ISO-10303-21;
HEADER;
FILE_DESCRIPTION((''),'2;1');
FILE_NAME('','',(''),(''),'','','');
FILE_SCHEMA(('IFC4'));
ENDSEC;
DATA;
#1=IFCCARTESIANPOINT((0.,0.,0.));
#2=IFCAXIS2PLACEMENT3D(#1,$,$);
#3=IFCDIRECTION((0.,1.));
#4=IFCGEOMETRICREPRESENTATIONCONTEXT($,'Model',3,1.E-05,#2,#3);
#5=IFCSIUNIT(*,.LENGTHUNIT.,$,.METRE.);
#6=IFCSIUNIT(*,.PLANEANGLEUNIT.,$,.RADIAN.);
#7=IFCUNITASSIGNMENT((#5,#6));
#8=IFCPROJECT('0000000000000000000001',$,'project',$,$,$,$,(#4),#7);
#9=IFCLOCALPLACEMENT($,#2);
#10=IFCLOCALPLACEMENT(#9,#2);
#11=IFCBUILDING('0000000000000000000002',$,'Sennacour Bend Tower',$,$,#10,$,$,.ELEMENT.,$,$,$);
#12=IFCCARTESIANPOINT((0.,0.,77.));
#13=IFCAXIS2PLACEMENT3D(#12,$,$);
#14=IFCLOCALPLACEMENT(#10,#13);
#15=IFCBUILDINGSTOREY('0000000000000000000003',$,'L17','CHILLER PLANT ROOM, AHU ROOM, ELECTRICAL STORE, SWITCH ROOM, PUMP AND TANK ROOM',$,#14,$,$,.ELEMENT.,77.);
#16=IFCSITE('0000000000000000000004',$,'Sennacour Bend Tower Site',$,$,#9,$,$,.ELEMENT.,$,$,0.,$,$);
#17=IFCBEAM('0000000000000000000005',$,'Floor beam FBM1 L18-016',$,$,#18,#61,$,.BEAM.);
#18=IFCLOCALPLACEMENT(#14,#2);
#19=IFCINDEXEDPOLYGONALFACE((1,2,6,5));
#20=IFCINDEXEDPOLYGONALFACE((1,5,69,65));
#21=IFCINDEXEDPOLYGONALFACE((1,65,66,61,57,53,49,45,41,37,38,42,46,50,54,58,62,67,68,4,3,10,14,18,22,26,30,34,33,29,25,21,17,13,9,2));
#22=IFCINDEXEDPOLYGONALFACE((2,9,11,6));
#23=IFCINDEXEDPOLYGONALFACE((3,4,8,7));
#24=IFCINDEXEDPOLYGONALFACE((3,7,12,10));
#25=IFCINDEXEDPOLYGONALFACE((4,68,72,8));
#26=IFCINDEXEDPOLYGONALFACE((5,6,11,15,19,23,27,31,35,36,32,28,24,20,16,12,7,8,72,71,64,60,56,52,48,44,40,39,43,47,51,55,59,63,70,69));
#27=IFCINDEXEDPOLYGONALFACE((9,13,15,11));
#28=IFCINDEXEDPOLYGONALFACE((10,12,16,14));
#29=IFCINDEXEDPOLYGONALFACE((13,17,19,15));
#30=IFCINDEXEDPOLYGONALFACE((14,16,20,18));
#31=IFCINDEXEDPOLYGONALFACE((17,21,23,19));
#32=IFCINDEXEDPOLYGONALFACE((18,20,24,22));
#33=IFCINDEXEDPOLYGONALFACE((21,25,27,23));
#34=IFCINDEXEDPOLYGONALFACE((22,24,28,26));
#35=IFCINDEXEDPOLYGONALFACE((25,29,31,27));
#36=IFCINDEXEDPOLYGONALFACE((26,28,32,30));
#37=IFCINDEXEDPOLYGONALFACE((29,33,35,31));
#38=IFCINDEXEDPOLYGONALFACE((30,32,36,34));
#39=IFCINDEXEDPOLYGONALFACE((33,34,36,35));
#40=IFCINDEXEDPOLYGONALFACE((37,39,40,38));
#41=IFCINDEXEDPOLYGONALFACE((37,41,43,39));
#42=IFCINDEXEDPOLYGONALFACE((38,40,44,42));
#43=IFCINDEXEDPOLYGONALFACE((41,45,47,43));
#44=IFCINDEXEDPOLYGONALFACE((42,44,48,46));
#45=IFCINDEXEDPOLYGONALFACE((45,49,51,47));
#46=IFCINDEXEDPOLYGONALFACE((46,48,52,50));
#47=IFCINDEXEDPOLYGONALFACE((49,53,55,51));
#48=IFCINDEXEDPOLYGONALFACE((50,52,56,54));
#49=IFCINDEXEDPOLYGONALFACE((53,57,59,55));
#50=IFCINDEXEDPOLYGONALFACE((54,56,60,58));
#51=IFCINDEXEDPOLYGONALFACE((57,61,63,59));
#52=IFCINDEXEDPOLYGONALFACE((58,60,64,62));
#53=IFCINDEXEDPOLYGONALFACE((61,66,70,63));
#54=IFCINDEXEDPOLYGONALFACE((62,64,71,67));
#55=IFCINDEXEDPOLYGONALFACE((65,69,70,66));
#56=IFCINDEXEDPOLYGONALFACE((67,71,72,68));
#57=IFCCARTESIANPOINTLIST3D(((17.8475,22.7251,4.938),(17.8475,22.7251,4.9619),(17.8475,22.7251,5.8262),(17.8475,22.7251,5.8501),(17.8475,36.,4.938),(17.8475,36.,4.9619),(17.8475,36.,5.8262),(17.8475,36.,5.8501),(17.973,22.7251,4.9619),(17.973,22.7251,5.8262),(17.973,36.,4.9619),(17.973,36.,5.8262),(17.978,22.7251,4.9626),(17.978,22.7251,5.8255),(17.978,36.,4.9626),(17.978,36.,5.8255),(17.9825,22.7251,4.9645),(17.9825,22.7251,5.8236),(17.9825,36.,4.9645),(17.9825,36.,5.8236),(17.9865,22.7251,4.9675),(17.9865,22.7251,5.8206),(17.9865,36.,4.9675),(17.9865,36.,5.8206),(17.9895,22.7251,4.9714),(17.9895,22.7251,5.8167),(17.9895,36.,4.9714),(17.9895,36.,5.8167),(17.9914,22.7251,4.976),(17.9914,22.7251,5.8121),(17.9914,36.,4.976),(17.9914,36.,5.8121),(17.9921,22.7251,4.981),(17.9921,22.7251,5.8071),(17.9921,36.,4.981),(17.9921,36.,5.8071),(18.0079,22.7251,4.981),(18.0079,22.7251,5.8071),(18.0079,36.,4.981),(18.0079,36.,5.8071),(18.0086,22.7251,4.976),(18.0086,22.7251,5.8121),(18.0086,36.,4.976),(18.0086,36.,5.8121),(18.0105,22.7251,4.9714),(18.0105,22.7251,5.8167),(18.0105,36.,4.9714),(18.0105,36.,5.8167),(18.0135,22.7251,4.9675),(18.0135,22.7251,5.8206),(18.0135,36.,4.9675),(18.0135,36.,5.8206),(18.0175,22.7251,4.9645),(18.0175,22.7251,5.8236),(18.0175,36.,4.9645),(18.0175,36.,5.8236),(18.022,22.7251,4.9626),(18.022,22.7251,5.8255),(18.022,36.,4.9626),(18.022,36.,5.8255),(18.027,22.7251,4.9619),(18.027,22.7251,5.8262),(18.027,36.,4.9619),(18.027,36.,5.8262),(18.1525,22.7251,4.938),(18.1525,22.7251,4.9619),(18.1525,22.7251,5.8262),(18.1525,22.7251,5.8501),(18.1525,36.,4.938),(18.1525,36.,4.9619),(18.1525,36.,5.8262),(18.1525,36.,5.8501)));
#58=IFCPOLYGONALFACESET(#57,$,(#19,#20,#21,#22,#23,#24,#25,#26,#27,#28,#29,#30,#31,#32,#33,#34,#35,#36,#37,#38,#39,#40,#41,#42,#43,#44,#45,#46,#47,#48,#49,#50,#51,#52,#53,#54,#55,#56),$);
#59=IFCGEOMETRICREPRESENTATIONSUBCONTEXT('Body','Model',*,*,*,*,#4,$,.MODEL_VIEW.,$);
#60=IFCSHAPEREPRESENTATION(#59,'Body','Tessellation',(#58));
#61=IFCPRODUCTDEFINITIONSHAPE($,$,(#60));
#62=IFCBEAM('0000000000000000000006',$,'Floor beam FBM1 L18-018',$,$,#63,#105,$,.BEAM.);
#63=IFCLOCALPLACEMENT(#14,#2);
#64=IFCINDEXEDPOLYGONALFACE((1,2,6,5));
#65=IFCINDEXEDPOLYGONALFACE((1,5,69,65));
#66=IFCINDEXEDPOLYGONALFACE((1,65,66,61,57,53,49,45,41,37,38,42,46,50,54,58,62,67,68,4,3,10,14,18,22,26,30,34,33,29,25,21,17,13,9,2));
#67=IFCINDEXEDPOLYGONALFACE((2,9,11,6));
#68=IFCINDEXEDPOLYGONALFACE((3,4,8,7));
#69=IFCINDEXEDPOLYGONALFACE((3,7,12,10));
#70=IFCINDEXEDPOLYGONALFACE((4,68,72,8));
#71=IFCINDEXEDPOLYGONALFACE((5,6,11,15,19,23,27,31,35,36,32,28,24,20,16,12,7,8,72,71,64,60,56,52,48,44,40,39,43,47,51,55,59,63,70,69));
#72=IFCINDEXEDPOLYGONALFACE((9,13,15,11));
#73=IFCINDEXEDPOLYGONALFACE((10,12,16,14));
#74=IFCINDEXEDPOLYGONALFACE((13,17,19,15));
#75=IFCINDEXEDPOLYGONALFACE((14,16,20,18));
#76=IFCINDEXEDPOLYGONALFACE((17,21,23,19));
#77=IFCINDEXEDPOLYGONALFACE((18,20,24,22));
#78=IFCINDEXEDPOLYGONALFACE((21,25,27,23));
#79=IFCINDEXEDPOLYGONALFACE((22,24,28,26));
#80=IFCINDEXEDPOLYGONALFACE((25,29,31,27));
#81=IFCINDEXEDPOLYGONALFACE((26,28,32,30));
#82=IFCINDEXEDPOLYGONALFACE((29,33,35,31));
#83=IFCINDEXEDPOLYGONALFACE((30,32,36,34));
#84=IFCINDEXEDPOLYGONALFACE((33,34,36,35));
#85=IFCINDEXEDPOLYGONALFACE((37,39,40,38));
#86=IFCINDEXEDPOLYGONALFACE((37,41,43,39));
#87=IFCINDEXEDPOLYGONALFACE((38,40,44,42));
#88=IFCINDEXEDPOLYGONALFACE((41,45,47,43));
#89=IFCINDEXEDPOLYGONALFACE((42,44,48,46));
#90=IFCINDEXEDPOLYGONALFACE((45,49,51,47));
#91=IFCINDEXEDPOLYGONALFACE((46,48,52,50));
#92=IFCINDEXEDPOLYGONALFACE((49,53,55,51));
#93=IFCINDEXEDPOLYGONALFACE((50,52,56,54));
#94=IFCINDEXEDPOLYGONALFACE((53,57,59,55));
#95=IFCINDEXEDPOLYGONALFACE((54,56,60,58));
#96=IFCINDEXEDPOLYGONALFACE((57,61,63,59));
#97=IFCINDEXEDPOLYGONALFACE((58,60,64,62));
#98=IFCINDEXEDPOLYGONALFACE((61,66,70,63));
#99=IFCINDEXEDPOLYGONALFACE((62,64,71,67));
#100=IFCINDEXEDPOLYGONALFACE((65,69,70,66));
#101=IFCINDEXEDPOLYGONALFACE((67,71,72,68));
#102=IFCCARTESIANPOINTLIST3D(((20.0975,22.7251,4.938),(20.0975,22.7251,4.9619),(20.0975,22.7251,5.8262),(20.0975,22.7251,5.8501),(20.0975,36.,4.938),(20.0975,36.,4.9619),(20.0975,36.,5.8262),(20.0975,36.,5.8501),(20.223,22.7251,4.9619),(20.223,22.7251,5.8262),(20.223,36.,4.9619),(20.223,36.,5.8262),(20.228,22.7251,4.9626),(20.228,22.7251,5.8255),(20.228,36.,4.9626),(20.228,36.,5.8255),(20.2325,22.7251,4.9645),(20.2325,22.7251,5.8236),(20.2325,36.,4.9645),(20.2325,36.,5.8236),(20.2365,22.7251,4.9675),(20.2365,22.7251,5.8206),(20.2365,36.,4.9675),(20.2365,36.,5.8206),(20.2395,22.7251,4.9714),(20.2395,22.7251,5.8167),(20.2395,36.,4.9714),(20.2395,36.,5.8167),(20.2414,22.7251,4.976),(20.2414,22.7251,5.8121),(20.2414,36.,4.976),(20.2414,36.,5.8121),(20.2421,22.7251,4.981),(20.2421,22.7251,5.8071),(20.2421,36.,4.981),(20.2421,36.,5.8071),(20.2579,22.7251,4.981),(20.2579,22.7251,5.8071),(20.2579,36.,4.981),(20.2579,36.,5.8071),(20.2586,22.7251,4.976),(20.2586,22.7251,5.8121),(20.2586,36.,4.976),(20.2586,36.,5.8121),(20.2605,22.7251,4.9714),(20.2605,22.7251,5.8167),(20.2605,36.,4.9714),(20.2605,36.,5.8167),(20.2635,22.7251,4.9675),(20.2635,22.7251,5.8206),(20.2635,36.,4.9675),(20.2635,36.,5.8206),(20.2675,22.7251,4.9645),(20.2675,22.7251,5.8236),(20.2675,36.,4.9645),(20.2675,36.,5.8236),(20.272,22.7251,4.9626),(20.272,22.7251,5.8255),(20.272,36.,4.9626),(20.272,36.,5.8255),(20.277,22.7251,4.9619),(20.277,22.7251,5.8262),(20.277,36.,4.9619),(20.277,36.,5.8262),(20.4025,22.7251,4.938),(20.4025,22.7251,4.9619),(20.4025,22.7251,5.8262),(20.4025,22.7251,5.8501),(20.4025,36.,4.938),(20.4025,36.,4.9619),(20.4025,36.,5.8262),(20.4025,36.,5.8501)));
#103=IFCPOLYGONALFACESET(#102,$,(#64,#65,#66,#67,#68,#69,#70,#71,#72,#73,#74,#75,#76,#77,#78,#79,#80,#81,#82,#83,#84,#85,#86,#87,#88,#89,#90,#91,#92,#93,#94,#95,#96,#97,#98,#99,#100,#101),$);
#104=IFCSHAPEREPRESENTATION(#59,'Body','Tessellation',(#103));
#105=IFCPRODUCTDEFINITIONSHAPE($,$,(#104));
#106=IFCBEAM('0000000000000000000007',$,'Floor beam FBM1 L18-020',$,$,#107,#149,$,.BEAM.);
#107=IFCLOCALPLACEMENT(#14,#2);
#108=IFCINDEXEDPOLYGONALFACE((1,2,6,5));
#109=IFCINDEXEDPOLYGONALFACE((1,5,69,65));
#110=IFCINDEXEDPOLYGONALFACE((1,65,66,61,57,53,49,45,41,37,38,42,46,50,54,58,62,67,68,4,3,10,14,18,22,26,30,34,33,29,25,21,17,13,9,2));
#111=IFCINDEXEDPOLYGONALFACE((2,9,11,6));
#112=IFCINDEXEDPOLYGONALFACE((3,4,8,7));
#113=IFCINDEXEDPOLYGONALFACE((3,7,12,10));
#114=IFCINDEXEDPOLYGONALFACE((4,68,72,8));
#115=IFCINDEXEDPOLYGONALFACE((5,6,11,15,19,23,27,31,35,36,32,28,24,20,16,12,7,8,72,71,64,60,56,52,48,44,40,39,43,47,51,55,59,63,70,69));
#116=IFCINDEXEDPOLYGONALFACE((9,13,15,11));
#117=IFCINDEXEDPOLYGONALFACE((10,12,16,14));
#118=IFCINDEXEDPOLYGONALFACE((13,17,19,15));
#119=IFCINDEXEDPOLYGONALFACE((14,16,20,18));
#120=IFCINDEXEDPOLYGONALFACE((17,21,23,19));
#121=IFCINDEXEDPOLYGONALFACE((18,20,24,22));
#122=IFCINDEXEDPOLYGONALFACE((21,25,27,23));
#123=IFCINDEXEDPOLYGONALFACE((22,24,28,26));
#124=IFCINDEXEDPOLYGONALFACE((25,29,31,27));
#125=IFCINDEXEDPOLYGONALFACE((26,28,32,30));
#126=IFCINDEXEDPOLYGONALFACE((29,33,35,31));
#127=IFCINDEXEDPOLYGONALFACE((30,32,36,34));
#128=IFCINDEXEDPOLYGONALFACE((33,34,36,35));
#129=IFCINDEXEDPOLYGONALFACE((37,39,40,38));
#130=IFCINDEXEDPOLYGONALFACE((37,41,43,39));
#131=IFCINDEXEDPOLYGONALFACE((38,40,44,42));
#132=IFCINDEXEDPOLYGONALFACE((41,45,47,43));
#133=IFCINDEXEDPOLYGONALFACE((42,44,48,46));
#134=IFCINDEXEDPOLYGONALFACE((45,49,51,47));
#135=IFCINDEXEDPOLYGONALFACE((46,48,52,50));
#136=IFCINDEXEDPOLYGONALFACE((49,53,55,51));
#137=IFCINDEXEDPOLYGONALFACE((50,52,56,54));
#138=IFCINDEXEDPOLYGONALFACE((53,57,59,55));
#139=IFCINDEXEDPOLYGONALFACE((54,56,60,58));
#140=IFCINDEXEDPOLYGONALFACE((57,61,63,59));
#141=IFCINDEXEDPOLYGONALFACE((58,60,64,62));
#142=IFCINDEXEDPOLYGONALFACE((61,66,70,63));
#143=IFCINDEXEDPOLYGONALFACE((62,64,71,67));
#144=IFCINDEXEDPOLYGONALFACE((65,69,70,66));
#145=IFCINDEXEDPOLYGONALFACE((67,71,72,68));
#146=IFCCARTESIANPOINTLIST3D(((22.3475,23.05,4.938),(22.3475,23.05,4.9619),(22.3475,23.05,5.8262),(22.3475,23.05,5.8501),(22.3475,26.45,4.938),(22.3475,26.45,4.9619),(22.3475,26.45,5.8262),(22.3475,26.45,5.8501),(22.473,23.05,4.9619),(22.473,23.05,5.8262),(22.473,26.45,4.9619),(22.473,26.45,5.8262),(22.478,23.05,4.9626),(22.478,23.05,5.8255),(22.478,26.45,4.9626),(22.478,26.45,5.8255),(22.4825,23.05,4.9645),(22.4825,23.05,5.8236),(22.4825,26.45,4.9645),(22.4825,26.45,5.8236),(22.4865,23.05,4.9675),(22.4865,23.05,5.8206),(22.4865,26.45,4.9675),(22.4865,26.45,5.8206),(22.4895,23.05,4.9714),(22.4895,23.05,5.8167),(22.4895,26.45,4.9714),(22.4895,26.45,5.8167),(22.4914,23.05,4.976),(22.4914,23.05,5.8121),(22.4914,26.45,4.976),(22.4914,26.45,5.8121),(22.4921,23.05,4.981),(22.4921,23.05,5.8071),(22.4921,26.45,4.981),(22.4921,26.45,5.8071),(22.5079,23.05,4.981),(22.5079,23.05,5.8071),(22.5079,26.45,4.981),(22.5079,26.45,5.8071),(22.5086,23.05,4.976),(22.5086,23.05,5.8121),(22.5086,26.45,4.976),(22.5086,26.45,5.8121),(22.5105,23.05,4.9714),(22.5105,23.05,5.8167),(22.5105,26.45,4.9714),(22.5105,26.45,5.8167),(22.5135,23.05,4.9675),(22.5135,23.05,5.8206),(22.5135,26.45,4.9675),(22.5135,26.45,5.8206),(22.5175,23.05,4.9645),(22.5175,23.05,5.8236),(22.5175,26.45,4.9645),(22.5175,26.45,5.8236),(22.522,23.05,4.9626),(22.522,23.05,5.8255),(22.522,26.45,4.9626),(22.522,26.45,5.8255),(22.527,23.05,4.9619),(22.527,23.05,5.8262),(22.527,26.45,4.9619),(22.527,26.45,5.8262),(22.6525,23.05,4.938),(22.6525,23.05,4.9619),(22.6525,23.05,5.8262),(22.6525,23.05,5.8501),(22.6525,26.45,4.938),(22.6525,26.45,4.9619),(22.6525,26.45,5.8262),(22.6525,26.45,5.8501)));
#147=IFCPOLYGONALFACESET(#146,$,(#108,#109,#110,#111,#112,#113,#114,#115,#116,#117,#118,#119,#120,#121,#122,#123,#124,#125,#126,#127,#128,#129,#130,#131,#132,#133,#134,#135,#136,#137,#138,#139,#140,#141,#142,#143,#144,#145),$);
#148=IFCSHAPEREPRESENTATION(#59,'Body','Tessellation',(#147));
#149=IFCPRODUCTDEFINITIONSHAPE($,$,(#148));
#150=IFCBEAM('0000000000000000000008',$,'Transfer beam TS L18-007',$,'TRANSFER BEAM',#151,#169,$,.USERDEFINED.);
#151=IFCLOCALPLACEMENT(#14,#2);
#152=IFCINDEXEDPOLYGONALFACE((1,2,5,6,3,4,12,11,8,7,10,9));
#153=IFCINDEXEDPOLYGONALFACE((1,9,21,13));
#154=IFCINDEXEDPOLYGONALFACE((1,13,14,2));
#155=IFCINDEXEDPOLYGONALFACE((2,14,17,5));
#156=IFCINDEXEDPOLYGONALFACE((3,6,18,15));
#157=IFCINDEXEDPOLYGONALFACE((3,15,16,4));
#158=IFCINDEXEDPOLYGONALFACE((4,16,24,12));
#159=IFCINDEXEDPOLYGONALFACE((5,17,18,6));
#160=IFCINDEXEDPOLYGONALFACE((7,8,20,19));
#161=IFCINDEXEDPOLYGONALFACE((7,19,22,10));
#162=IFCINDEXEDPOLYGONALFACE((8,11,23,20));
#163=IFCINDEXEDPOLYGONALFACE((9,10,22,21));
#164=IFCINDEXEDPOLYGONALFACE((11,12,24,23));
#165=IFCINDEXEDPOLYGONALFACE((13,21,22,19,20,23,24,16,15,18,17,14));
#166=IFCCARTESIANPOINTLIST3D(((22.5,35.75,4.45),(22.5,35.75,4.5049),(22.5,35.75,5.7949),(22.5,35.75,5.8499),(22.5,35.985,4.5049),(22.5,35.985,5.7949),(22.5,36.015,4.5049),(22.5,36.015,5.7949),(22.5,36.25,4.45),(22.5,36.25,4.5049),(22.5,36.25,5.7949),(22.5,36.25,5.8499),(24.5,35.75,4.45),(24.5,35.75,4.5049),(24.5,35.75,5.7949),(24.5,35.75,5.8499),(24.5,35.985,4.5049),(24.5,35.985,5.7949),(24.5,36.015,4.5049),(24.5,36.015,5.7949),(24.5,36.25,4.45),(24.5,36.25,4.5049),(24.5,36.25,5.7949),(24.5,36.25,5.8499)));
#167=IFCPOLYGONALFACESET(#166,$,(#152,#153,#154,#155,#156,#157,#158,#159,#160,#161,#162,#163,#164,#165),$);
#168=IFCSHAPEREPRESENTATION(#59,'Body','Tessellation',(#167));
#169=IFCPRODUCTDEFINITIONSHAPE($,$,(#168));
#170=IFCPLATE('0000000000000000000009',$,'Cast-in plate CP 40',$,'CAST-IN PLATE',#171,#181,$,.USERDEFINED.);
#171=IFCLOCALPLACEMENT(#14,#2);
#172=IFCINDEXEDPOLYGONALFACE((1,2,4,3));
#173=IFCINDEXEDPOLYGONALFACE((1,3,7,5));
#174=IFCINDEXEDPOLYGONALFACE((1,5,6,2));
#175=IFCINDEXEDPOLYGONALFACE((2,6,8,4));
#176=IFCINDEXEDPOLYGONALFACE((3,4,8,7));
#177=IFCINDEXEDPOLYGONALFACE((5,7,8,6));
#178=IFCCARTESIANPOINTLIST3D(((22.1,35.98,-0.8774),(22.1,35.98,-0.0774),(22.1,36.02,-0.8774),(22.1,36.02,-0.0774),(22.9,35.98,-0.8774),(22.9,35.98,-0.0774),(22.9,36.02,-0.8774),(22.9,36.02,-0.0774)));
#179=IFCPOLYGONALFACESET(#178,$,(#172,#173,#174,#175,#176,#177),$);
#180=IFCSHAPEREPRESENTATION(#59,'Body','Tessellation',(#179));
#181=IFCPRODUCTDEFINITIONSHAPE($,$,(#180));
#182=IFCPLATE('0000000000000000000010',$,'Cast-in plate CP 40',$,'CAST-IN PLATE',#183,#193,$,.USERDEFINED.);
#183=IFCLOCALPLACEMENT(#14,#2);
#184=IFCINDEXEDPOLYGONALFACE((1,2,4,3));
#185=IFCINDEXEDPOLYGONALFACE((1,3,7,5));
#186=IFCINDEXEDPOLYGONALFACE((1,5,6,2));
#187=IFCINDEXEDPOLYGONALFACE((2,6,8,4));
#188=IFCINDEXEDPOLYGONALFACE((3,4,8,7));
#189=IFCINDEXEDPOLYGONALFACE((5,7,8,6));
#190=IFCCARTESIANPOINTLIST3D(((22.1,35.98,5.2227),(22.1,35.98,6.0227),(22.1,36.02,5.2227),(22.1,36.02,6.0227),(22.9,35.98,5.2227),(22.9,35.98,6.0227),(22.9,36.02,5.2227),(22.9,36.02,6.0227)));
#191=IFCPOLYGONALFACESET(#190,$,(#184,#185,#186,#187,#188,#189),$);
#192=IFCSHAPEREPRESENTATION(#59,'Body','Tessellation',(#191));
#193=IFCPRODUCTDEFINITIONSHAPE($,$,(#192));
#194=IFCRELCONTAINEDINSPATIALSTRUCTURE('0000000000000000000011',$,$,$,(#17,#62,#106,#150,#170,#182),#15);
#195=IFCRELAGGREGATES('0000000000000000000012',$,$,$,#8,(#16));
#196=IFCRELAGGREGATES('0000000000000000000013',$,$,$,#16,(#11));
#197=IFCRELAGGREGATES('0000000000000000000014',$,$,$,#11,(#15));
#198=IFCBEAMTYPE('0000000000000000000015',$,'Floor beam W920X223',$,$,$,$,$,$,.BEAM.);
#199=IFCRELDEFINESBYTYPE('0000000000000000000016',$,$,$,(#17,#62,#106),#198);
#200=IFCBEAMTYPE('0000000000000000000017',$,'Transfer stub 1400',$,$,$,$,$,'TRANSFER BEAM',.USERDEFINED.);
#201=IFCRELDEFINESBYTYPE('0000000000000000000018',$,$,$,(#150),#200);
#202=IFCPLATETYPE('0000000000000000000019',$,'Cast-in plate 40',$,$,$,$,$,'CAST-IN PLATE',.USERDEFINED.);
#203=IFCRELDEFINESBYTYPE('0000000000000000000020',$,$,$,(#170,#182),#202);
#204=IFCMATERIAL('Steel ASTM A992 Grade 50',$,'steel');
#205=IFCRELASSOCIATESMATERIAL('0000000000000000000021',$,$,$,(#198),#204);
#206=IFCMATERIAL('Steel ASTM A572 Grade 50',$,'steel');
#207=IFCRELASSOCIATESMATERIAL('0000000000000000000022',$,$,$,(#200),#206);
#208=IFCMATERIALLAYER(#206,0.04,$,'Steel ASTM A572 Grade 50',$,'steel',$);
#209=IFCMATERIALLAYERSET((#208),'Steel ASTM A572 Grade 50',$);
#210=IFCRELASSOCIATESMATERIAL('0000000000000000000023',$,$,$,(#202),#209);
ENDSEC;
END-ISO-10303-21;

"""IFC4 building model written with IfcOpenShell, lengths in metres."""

from ifc_helpers import new_model, si_unit, direction, frame, origin, origin_2d, place, context, subcontext, project, spatial, rectangle, i_section, extrude, material, layer, layer_set, material_profile, profile_set, type_object, element, save


model = new_model("IFC4")

# Units and contexts
model_context = context("Model", 3, precision=1e-05, world=origin(), true_north=direction((0.0, 1.0)))
body_context = subcontext(model_context, "Body", "Model", "MODEL_VIEW")
ifc_project = project(units=[si_unit("LENGTHUNIT", "METRE"), si_unit("PLANEANGLEUNIT", "RADIAN")], contexts=[model_context])

# Site, building, storey
site_placement = place(None, origin())
site = spatial("IfcSite", under=ifc_project, at=site_placement, Name="Sennacour Bend Tower Site", CompositionType="ELEMENT", RefElevation=0.0)
building_placement = place(site_placement, origin())
building = spatial("IfcBuilding", under=site, at=building_placement, Name="Sennacour Bend Tower", CompositionType="ELEMENT")
storey_placement = place(building_placement, frame((0.0, 0.0, 77.0)))
storey = spatial("IfcBuildingStorey", under=building, at=storey_placement, Name="L17", Description="CHILLER PLANT ROOM, AHU ROOM, ELECTRICAL STORE, SWITCH ROOM, PUMP AND TANK ROOM", CompositionType="ELEMENT", Elevation=77.0)

# Shared definitions
ifc_material_1 = material(Name="Steel ASTM A572 Grade 50", Category="steel")

# Shared definitions
ifc_material_2 = material(Name="Steel ASTM A992 Grade 50", Category="steel")

# Beams
ifc_material_profile_1 = material_profile(ifc_material_2, i_section(OverallWidth=0.3049, OverallDepth=0.9121, WebThickness=0.0159, FlangeThickness=0.0239, FilletRadius=0.019, at=origin_2d()), Name="Steel ASTM A992 Grade 50", Category="steel")
ifc_profile_set_1 = profile_set([ifc_material_profile_1], Name="Steel ASTM A992 Grade 50")
beam_type_1 = type_object("IfcBeamType", Name="Floor beam W920X223", PredefinedType="BEAM", material=ifc_profile_set_1)
for number, where, z_axis, x_axis, name in (
    (1, (18.0, 22.7251, 5.394), (0.0, 1.0, 0.0), (-1.0, 0.0, 0.0), "Floor beam FBM1 L18-016"),
    (2, (20.25, 22.7251, 5.394), (0.0, 1.0, 0.0), (-1.0, 0.0, 0.0), "Floor beam FBM1 L18-018"),
):
    element("IfcBeam", number, at=place(storey_placement, frame(where, z_axis=z_axis, x_axis=x_axis)), inside=storey, type_object=beam_type_1, Name=name, PredefinedType="BEAM", context=body_context, shape_type="SweptSolid", body=[
        extrude(i_section(OverallWidth=0.3049, OverallDepth=0.9121, WebThickness=0.0159, FlangeThickness=0.0239, FilletRadius=0.019, at=origin_2d()), origin(), (0.0, 0.0, 1.0), 13.2749),
    ])
beam_1_placement = place(storey_placement, frame((22.5, 23.05, 5.394), z_axis=(0.0, 1.0, 0.0), x_axis=(-1.0, 0.0, 0.0)))
element("IfcBeam", 3, at=beam_1_placement, inside=storey, type_object=beam_type_1, Name="Floor beam FBM1 L18-020", PredefinedType="BEAM", context=body_context, shape_type="SweptSolid", body=[
    extrude(i_section(OverallWidth=0.3049, OverallDepth=0.9121, WebThickness=0.0159, FlangeThickness=0.0239, FilletRadius=0.019, at=origin_2d()), origin(), (0.0, 0.0, 1.0), 3.3999),
])
ifc_material_profile_2 = material_profile(ifc_material_1, i_section(OverallWidth=0.5, OverallDepth=1.3999, WebThickness=0.03, FlangeThickness=0.0549, at=origin_2d()), Name="Steel ASTM A572 Grade 50", Category="steel")
ifc_profile_set_2 = profile_set([ifc_material_profile_2], Name="Steel ASTM A572 Grade 50")
beam_type_2 = type_object("IfcBeamType", Name="Transfer stub 1400", ElementType="TRANSFER BEAM", PredefinedType="USERDEFINED", material=ifc_profile_set_2)
beam_2_placement = place(storey_placement, frame((22.5, 36.0, 5.1499), z_axis=(1.0, 0.0, 0.0), x_axis=(0.0, 1.0, 0.0)))
element("IfcBeam", 4, at=beam_2_placement, inside=storey, type_object=beam_type_2, Name="Transfer beam TS L18-007", ObjectType="TRANSFER BEAM", PredefinedType="USERDEFINED", context=body_context, shape_type="SweptSolid", body=[
    extrude(i_section(OverallWidth=0.5, OverallDepth=1.3999, WebThickness=0.03, FlangeThickness=0.0549, at=origin_2d()), origin(), (0.0, 0.0, 1.0), 2.0),
])

# Plates
ifc_layer_1 = layer(ifc_material_1, 0.04, Name="Steel ASTM A572 Grade 50", Category="steel")
ifc_layer_set_1 = layer_set([ifc_layer_1], Name="Steel ASTM A572 Grade 50")
plate_type = type_object("IfcPlateType", Name="Cast-in plate 40", ElementType="CAST-IN PLATE", PredefinedType="USERDEFINED", material=ifc_layer_set_1)
for number, where, z_axis, x_axis, name in (
    (5, (22.5, 36.0, -0.8774), (0.0, 0.0, 1.0), (1.0, 0.0, 0.0), "Cast-in plate CP 40"),
    (6, (22.5, 36.0, 5.2227), (0.0, 0.0, 1.0), (1.0, 0.0, 0.0), "Cast-in plate CP 40"),
):
    element("IfcPlate", number, at=place(storey_placement, frame(where, z_axis=z_axis, x_axis=x_axis)), inside=storey, type_object=plate_type, Name=name, ObjectType="CAST-IN PLATE", PredefinedType="USERDEFINED", context=body_context, shape_type="SweptSolid", body=[
        extrude(rectangle(XDim=0.8, YDim=0.04, at=origin_2d()), origin(), (0.0, 0.0, 1.0), 0.8),
    ])

save(model, "model.ifc")
